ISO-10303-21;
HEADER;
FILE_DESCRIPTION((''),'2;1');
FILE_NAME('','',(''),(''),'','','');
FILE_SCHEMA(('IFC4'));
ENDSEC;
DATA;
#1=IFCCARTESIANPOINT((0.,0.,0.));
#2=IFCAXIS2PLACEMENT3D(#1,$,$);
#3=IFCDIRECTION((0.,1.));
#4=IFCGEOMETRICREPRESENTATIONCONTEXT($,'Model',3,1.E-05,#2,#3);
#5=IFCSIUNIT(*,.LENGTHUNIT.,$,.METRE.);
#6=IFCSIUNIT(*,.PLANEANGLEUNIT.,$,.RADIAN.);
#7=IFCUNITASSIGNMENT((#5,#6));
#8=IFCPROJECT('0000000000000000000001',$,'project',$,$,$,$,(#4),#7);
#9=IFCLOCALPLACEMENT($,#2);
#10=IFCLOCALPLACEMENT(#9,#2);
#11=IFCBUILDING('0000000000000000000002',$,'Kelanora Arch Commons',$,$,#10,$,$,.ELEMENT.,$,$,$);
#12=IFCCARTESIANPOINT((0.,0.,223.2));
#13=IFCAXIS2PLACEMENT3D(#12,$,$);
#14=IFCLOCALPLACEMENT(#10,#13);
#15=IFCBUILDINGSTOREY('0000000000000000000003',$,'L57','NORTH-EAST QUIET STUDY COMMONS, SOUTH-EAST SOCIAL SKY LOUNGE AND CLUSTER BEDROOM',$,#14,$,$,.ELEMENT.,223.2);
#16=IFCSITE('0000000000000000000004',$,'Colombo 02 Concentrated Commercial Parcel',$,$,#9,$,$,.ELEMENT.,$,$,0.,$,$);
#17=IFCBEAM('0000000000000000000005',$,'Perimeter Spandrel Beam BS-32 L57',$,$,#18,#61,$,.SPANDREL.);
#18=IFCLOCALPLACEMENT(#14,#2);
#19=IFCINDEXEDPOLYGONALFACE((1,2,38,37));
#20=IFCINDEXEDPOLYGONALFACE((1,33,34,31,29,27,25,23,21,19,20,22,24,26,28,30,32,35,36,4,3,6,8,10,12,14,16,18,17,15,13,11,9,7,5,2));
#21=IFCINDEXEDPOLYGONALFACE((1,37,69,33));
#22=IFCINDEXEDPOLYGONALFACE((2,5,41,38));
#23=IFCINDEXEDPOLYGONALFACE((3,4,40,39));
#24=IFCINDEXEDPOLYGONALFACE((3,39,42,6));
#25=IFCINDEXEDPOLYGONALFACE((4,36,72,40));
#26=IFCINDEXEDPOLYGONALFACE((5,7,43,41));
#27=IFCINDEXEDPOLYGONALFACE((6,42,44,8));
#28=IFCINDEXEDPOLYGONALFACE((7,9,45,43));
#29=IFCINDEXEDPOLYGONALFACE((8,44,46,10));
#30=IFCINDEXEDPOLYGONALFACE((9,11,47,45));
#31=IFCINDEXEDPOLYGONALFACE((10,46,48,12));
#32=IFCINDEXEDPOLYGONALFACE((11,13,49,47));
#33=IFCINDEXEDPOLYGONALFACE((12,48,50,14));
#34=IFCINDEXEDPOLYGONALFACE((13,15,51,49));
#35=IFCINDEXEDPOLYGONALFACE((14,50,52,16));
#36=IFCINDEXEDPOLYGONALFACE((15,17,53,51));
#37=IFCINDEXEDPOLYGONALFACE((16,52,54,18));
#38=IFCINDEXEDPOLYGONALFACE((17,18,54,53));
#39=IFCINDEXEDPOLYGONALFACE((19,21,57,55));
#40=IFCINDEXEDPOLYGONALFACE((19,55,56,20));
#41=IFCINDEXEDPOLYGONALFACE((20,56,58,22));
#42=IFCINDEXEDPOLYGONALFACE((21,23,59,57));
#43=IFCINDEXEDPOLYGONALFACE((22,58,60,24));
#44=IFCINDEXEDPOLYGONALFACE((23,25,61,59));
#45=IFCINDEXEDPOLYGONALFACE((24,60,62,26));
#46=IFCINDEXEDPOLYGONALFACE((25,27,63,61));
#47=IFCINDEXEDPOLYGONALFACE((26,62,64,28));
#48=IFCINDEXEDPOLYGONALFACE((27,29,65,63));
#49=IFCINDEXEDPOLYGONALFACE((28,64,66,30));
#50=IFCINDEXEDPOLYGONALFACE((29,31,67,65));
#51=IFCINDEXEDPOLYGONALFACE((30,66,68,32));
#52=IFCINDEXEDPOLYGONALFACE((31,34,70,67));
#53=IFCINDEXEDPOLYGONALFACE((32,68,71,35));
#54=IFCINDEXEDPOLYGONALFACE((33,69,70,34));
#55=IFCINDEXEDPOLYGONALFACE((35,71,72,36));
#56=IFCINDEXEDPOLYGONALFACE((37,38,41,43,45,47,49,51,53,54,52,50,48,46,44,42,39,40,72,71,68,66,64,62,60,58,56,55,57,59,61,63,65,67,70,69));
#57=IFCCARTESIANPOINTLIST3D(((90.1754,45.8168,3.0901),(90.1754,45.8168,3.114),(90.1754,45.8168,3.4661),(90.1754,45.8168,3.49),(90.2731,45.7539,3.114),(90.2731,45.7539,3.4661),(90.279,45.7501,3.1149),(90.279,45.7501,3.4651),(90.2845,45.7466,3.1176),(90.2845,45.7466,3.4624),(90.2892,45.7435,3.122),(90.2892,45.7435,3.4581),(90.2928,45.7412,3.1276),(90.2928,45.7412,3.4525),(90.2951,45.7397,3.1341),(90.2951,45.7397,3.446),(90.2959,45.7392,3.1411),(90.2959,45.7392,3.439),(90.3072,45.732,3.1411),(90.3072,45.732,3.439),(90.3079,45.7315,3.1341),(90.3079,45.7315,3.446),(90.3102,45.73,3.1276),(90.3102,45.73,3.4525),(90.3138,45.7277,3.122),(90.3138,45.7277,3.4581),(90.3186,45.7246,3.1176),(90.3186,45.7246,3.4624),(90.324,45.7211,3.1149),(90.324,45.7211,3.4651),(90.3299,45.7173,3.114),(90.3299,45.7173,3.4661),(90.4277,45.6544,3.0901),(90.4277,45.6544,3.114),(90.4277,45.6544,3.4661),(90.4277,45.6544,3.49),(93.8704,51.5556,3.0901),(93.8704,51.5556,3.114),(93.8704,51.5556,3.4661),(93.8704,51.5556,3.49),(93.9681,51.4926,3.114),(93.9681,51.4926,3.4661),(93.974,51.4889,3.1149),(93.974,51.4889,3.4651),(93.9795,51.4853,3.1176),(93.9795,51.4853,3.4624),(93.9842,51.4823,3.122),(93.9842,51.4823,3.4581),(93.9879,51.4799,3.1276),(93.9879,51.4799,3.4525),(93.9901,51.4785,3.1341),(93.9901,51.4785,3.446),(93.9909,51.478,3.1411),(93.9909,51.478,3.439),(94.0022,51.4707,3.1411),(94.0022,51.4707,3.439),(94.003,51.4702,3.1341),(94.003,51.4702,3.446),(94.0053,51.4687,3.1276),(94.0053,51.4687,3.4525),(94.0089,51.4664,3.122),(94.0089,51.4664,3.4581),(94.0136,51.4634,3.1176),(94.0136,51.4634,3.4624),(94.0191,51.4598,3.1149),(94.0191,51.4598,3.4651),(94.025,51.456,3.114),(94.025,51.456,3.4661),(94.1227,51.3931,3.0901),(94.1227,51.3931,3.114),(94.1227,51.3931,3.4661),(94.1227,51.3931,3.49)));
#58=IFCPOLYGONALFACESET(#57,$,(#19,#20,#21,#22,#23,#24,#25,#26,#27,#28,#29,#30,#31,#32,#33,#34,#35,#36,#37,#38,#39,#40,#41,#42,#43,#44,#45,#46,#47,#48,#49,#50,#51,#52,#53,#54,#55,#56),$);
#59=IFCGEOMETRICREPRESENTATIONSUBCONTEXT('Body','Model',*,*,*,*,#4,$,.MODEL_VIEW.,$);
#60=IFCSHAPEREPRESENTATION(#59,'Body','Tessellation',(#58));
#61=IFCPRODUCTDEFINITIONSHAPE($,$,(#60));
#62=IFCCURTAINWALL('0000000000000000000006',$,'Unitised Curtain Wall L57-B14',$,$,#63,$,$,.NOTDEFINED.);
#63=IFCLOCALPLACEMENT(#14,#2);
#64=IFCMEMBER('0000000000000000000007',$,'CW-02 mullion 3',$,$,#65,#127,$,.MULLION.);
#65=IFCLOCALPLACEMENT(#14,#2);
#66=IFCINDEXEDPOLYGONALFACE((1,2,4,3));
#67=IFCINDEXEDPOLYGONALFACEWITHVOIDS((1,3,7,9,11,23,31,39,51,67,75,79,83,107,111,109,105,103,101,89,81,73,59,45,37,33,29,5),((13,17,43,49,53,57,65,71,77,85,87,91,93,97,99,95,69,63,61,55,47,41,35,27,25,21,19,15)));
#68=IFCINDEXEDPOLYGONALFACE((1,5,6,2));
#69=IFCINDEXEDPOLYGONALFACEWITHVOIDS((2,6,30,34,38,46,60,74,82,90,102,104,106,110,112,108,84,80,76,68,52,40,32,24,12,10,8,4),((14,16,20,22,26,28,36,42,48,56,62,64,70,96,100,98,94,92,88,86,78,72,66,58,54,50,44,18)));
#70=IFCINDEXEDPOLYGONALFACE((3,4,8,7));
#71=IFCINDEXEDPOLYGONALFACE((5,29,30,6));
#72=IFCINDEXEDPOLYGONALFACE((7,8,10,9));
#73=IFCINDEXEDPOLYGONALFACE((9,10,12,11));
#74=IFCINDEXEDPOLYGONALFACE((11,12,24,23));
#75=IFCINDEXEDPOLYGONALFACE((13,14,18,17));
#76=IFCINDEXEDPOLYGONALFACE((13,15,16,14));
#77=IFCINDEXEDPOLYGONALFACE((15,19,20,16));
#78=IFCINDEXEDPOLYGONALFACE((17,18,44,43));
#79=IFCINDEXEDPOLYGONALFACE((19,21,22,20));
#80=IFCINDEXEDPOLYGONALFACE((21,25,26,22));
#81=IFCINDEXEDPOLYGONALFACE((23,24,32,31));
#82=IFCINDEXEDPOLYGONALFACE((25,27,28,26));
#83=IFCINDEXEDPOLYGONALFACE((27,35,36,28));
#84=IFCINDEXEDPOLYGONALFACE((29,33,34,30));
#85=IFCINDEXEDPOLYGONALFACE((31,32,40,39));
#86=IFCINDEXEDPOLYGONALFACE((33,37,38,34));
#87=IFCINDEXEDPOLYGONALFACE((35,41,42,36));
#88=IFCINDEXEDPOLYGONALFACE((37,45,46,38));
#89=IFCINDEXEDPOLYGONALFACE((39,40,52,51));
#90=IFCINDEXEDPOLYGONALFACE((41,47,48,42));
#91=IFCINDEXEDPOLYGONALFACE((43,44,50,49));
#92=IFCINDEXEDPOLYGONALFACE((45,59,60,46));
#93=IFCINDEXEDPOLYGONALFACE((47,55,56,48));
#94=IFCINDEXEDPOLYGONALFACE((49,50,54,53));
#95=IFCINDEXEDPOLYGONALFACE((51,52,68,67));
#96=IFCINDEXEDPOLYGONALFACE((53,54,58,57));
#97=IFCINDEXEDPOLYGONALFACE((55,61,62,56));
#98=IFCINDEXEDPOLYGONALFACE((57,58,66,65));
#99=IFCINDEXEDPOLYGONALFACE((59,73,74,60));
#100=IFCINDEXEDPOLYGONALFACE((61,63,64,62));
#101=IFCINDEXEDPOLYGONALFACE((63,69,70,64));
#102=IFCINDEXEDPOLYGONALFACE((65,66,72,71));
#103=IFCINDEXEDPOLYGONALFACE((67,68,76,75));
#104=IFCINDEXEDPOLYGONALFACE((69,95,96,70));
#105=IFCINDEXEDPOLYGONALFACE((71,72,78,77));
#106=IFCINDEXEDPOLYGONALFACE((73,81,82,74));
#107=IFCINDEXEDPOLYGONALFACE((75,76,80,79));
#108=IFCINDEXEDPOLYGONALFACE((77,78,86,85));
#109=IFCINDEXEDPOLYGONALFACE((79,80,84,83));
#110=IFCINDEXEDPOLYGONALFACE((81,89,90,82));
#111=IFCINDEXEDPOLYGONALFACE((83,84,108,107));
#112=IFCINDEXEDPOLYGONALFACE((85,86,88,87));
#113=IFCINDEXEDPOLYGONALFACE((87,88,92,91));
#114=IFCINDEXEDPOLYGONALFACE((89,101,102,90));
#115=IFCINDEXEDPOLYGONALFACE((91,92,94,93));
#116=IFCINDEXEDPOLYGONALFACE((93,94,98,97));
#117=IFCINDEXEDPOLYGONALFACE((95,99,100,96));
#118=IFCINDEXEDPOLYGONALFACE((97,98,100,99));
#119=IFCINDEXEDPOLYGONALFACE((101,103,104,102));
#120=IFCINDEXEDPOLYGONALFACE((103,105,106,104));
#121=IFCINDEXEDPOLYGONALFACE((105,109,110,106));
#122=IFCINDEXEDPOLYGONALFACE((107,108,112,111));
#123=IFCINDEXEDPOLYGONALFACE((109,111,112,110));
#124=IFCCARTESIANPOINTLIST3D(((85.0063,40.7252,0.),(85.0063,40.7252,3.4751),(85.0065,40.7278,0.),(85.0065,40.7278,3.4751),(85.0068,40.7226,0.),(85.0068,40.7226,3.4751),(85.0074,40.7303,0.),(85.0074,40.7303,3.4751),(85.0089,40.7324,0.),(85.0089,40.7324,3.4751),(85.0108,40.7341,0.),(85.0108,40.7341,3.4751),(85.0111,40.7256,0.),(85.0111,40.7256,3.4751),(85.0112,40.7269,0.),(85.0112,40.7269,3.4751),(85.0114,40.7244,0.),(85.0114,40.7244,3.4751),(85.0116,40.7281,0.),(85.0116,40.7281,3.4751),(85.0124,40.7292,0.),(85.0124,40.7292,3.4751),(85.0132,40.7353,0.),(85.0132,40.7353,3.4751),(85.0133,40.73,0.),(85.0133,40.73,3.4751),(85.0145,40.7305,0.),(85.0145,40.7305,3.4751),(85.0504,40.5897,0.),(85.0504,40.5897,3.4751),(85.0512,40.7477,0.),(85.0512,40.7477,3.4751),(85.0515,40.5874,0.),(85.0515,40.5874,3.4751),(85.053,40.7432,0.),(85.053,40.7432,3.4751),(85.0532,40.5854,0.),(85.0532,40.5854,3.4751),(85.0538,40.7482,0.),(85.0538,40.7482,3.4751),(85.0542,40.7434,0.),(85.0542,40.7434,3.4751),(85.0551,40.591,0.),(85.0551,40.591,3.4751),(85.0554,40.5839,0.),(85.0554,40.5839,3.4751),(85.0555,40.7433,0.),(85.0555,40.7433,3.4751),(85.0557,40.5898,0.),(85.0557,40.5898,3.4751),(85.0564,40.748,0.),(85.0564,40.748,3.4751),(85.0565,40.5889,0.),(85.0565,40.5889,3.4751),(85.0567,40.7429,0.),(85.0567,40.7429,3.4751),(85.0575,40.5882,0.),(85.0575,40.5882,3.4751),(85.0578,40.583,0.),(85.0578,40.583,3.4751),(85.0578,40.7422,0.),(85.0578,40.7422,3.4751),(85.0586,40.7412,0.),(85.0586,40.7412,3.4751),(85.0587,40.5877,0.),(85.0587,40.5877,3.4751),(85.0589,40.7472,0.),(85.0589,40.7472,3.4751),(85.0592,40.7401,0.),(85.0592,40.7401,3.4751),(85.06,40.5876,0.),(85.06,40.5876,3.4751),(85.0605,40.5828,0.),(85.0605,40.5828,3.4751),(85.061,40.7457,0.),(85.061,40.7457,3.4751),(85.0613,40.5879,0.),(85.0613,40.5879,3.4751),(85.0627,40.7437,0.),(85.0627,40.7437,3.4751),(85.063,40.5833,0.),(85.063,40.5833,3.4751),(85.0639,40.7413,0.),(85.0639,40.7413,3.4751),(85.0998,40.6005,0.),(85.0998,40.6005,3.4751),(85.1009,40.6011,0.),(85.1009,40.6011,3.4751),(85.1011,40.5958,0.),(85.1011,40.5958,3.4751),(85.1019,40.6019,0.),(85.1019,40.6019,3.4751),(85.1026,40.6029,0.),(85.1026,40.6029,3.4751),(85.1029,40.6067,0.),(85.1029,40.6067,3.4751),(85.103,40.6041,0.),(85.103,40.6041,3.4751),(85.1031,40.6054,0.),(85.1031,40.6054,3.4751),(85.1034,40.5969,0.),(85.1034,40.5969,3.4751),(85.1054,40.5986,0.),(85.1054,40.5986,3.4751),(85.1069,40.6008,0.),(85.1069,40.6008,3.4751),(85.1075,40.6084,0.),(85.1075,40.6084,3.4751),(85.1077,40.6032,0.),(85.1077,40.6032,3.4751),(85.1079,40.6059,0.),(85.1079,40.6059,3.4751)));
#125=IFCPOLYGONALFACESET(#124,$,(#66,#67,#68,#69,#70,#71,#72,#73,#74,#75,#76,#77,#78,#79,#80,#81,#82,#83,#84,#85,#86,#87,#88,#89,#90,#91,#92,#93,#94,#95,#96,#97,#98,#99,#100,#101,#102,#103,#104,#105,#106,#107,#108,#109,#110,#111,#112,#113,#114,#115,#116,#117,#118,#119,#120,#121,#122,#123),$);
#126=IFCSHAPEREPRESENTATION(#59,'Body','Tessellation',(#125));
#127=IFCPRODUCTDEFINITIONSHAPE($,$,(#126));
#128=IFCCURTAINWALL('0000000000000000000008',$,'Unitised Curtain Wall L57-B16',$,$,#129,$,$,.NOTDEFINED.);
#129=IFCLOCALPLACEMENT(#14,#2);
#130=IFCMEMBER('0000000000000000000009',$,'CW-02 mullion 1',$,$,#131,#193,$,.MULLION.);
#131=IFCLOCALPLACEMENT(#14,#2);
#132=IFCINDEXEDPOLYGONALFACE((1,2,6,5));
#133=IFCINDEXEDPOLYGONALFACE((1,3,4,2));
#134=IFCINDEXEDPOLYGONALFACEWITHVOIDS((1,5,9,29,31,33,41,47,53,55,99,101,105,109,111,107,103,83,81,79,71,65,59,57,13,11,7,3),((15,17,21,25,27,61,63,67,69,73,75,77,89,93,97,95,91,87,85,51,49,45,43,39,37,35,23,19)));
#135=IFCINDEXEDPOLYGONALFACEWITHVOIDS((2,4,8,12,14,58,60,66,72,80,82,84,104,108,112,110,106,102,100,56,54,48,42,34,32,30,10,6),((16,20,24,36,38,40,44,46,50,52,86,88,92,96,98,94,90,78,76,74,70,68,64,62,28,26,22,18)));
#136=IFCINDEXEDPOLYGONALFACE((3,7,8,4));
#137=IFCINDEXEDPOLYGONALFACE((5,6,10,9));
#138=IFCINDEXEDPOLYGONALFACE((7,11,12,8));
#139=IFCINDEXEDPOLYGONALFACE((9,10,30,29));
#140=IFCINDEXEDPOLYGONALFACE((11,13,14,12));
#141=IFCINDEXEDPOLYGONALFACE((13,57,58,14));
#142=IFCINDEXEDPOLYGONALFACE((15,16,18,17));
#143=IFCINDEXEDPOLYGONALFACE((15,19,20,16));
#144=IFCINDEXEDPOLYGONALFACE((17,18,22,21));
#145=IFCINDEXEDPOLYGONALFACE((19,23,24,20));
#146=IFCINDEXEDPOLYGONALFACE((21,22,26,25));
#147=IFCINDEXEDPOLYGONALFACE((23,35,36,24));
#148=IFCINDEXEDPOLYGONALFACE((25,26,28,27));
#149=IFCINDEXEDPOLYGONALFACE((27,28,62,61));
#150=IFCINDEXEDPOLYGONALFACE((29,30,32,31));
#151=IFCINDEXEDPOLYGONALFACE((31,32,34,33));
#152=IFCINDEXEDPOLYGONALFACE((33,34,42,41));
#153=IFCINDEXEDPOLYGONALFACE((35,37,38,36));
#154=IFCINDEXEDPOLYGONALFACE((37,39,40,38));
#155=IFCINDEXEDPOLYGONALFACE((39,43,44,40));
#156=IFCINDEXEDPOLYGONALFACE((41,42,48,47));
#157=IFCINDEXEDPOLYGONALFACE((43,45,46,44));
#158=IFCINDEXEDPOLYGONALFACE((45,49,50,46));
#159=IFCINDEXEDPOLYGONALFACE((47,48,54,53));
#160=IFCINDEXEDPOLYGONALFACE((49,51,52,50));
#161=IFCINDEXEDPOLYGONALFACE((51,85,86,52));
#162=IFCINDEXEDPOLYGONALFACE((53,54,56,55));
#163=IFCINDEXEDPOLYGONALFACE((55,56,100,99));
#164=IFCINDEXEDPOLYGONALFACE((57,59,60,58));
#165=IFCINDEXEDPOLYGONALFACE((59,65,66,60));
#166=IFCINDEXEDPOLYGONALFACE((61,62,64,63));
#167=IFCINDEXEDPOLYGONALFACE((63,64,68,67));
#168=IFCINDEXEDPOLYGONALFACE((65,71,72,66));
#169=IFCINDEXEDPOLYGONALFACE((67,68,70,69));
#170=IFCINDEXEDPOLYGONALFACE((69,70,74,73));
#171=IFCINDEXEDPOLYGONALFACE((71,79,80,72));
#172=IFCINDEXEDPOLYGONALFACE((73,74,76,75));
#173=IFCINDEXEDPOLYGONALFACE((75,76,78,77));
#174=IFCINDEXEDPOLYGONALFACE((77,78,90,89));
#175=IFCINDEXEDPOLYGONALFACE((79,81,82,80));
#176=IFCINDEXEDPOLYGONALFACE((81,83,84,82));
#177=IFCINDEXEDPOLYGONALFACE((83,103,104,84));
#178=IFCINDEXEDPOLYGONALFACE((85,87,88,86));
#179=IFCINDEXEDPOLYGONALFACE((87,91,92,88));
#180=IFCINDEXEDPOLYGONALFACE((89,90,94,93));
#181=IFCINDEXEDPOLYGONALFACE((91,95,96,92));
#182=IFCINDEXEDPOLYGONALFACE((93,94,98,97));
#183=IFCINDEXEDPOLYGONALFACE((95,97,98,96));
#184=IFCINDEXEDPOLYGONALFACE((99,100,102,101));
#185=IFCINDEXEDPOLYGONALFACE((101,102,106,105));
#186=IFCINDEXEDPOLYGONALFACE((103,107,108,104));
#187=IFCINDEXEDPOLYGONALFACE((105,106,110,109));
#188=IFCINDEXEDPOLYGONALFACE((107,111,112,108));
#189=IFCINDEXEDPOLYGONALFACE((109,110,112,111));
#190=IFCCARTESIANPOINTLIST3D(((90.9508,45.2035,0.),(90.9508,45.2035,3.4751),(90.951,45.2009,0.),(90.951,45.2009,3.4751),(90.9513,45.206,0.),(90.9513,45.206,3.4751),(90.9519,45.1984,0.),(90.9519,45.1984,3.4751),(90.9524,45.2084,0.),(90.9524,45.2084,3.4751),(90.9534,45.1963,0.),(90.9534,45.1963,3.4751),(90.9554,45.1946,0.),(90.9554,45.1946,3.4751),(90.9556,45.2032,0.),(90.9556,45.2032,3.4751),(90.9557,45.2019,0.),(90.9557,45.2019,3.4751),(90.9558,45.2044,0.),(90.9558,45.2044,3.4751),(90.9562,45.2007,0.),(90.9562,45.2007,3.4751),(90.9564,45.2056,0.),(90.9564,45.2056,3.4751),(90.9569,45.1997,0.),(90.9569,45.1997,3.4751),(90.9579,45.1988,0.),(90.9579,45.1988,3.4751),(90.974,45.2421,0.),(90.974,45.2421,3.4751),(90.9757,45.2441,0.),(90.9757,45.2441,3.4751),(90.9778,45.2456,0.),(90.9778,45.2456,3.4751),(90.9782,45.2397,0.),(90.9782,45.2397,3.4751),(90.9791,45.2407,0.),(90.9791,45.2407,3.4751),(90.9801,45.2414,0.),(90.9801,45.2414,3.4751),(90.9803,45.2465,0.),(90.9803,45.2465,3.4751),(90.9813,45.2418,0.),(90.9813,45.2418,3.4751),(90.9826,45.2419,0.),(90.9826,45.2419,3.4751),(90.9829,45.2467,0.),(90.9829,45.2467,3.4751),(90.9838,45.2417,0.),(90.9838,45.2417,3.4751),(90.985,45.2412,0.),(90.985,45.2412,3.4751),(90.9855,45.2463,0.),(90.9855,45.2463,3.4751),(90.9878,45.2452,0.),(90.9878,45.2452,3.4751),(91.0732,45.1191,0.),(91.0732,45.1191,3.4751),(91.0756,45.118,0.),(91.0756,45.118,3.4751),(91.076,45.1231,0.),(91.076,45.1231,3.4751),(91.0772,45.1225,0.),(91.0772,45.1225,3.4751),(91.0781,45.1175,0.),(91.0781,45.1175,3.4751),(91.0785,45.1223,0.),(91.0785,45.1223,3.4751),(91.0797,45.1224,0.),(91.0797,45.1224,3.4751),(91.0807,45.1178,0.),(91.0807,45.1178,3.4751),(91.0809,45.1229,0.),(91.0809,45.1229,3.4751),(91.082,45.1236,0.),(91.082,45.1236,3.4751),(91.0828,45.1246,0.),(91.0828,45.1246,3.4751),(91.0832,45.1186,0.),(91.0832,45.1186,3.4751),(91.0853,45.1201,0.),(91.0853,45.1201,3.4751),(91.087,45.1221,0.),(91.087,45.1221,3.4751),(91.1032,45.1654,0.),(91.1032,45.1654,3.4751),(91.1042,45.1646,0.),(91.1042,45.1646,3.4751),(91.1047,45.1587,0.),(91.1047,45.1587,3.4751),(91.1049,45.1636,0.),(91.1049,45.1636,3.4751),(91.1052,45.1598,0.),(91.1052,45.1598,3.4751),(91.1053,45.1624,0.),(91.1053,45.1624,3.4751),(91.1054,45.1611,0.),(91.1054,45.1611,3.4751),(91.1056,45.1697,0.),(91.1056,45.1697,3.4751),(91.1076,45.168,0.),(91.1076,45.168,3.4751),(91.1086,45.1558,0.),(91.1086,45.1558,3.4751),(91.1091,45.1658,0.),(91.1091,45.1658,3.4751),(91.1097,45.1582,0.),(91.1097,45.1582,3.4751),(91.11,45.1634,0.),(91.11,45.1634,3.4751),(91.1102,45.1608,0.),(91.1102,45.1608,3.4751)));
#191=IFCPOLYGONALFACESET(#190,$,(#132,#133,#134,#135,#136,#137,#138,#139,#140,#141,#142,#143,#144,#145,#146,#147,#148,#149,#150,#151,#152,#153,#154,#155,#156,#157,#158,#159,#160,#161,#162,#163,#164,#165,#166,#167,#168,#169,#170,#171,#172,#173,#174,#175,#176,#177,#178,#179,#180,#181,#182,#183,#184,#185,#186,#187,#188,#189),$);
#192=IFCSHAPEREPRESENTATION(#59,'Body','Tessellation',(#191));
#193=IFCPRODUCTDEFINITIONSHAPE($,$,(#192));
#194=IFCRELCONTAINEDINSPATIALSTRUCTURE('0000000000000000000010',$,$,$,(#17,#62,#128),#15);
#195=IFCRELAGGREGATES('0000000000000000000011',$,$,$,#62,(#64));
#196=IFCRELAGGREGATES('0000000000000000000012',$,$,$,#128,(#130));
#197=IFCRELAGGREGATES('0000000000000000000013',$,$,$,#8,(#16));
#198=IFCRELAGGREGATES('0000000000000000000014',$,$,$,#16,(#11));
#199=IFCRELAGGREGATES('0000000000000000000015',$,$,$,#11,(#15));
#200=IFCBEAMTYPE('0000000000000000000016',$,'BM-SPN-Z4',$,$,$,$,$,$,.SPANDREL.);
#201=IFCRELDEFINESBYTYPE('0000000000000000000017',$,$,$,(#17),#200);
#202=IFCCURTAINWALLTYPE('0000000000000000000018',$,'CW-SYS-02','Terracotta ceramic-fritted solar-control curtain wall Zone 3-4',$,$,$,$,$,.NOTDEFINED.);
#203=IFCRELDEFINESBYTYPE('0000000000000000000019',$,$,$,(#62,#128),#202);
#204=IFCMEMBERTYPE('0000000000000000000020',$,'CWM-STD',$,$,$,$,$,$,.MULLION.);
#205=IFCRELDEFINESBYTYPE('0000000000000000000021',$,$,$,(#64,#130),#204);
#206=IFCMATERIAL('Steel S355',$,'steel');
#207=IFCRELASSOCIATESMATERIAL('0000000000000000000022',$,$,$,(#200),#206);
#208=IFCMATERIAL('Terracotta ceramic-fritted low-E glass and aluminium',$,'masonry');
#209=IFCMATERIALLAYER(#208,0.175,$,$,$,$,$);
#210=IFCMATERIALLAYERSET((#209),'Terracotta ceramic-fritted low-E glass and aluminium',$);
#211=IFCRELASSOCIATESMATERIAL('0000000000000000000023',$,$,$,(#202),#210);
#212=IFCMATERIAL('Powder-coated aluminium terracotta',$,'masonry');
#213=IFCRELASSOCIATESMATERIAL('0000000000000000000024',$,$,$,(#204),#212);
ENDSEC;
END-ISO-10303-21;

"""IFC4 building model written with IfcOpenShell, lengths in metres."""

from ifc_helpers import new_model, si_unit, direction, frame, origin, origin_2d, place, context, subcontext, project, spatial, hollow_rectangle, i_section, extrude, material, layer, layer_set, material_profile, profile_set, type_object, element, aggregate, save


model = new_model("IFC4")

# Units and contexts
model_context = context("Model", 3, precision=1e-05, world=origin(), true_north=direction((0.0, 1.0)))
body_context = subcontext(model_context, "Body", "Model", "MODEL_VIEW")
ifc_project = project(units=[si_unit("LENGTHUNIT", "METRE"), si_unit("PLANEANGLEUNIT", "RADIAN")], contexts=[model_context])

# Site, building, storey
site_placement = place(None, origin())
site = spatial("IfcSite", under=ifc_project, at=site_placement, Name="Colombo 02 Concentrated Commercial Parcel", CompositionType="ELEMENT", RefElevation=0.0)
building_placement = place(site_placement, origin())
building = spatial("IfcBuilding", under=site, at=building_placement, Name="Kelanora Arch Commons", CompositionType="ELEMENT")
storey_placement = place(building_placement, frame((0.0, 0.0, 223.2)))
storey = spatial("IfcBuildingStorey", under=building, at=storey_placement, Name="L57", Description="NORTH-EAST QUIET STUDY COMMONS, SOUTH-EAST SOCIAL SKY LOUNGE AND CLUSTER BEDROOM", CompositionType="ELEMENT", Elevation=223.2)

# Beam
ifc_material_1 = material(Name="Steel S355", Category="steel")
ifc_material_profile_1 = material_profile(ifc_material_1, i_section(OverallWidth=0.3, OverallDepth=0.3999, WebThickness=0.0134, FlangeThickness=0.0239, FilletRadius=0.0271, at=origin_2d()), Name="HEB400")
ifc_profile_set_1 = profile_set([ifc_material_profile_1], Name="Steel S355")
beam_type_1 = type_object("IfcBeamType", Name="BM-SPN-Z4", PredefinedType="SPANDREL", material=ifc_profile_set_1)
beam_1_placement = place(storey_placement, frame((90.3015, 45.7356, 3.29), z_axis=(0.541365, 0.840788, 0.0), x_axis=(-0.840788, 0.541365, 0.0)))
element("IfcBeam", 1, at=beam_1_placement, inside=storey, type_object=beam_type_1, Name="Perimeter Spandrel Beam BS-32 L57", PredefinedType="SPANDREL", context=body_context, shape_type="SweptSolid", body=[
    extrude(i_section(OverallWidth=0.3, OverallDepth=0.3999, WebThickness=0.0134, FlangeThickness=0.0239, FilletRadius=0.0271, at=origin_2d()), origin(), (0.0, 0.0, 1.0), 6.8254),
])

# Curtain wall, member
ifc_material_2 = material(Name="Terracotta ceramic-fritted low-E glass and aluminium", Category="masonry")
ifc_layer_1 = layer(ifc_material_2, 0.175)
ifc_layer_set_1 = layer_set([ifc_layer_1], Name="Terracotta ceramic-fritted low-E glass and aluminium")
curtain_wall_type = type_object("IfcCurtainWallType", Name="CW-SYS-02", Description="Terracotta ceramic-fritted solar-control curtain wall Zone 3-4", PredefinedType="NOTDEFINED", material=ifc_layer_set_1)
curtain_wall_1_placement = place(storey_placement, origin())
curtain_wall_1 = element("IfcCurtainWall", 2, at=curtain_wall_1_placement, inside=storey, type_object=curtain_wall_type, Name="Unitised Curtain Wall L57-B14", PredefinedType="NOTDEFINED")
ifc_material_3 = material(Name="Powder-coated aluminium terracotta", Category="masonry")
ifc_material_profile_2 = material_profile(ifc_material_3, hollow_rectangle(XDim=0.1599, YDim=0.0601, WallThickness=0.0049, InnerFilletRadius=0.0049, OuterFilletRadius=0.01, at=origin_2d()), Name="CWM160x60")
ifc_profile_set_2 = profile_set([ifc_material_profile_2], Name="Powder-coated aluminium terracotta")
member_type_1 = type_object("IfcMemberType", Name="CWM-STD", PredefinedType="MULLION", material=ifc_profile_set_2)
member_1_placement = place(storey_placement, frame((85.0571, 40.6655, 0.0), z_axis=(0.0, 0.0, 1.0), x_axis=(-0.311582, 0.950219, 0.0)))
member_1 = element("IfcMember", 3, at=member_1_placement, type_object=member_type_1, Name="CW-02 mullion 3", PredefinedType="MULLION", context=body_context, shape_type="SweptSolid", body=[
    extrude(hollow_rectangle(XDim=0.1599, YDim=0.0601, WallThickness=0.0049, InnerFilletRadius=0.0049, OuterFilletRadius=0.01, at=origin_2d()), origin(), (0.0, 0.0, 1.0), 3.4751),
])

# Curtain wall, member
curtain_wall_2_placement = place(storey_placement, origin())
curtain_wall_2 = element("IfcCurtainWall", 4, at=curtain_wall_2_placement, inside=storey, type_object=curtain_wall_type, Name="Unitised Curtain Wall L57-B16", PredefinedType="NOTDEFINED")
member_2_placement = place(storey_placement, frame((91.0305, 45.1821, 0.0), z_axis=(0.0, 0.0, 1.0), x_axis=(-0.841948, 0.539559, 0.0)))
member_2 = element("IfcMember", 5, at=member_2_placement, type_object=member_type_1, Name="CW-02 mullion 1", PredefinedType="MULLION", context=body_context, shape_type="SweptSolid", body=[
    extrude(hollow_rectangle(XDim=0.1599, YDim=0.0601, WallThickness=0.0049, InnerFilletRadius=0.0049, OuterFilletRadius=0.01, at=origin_2d()), origin(), (0.0, 0.0, 1.0), 3.4751),
])

aggregate(curtain_wall_1, [member_1])
aggregate(curtain_wall_2, [member_2])

save(model, "model.ifc")
